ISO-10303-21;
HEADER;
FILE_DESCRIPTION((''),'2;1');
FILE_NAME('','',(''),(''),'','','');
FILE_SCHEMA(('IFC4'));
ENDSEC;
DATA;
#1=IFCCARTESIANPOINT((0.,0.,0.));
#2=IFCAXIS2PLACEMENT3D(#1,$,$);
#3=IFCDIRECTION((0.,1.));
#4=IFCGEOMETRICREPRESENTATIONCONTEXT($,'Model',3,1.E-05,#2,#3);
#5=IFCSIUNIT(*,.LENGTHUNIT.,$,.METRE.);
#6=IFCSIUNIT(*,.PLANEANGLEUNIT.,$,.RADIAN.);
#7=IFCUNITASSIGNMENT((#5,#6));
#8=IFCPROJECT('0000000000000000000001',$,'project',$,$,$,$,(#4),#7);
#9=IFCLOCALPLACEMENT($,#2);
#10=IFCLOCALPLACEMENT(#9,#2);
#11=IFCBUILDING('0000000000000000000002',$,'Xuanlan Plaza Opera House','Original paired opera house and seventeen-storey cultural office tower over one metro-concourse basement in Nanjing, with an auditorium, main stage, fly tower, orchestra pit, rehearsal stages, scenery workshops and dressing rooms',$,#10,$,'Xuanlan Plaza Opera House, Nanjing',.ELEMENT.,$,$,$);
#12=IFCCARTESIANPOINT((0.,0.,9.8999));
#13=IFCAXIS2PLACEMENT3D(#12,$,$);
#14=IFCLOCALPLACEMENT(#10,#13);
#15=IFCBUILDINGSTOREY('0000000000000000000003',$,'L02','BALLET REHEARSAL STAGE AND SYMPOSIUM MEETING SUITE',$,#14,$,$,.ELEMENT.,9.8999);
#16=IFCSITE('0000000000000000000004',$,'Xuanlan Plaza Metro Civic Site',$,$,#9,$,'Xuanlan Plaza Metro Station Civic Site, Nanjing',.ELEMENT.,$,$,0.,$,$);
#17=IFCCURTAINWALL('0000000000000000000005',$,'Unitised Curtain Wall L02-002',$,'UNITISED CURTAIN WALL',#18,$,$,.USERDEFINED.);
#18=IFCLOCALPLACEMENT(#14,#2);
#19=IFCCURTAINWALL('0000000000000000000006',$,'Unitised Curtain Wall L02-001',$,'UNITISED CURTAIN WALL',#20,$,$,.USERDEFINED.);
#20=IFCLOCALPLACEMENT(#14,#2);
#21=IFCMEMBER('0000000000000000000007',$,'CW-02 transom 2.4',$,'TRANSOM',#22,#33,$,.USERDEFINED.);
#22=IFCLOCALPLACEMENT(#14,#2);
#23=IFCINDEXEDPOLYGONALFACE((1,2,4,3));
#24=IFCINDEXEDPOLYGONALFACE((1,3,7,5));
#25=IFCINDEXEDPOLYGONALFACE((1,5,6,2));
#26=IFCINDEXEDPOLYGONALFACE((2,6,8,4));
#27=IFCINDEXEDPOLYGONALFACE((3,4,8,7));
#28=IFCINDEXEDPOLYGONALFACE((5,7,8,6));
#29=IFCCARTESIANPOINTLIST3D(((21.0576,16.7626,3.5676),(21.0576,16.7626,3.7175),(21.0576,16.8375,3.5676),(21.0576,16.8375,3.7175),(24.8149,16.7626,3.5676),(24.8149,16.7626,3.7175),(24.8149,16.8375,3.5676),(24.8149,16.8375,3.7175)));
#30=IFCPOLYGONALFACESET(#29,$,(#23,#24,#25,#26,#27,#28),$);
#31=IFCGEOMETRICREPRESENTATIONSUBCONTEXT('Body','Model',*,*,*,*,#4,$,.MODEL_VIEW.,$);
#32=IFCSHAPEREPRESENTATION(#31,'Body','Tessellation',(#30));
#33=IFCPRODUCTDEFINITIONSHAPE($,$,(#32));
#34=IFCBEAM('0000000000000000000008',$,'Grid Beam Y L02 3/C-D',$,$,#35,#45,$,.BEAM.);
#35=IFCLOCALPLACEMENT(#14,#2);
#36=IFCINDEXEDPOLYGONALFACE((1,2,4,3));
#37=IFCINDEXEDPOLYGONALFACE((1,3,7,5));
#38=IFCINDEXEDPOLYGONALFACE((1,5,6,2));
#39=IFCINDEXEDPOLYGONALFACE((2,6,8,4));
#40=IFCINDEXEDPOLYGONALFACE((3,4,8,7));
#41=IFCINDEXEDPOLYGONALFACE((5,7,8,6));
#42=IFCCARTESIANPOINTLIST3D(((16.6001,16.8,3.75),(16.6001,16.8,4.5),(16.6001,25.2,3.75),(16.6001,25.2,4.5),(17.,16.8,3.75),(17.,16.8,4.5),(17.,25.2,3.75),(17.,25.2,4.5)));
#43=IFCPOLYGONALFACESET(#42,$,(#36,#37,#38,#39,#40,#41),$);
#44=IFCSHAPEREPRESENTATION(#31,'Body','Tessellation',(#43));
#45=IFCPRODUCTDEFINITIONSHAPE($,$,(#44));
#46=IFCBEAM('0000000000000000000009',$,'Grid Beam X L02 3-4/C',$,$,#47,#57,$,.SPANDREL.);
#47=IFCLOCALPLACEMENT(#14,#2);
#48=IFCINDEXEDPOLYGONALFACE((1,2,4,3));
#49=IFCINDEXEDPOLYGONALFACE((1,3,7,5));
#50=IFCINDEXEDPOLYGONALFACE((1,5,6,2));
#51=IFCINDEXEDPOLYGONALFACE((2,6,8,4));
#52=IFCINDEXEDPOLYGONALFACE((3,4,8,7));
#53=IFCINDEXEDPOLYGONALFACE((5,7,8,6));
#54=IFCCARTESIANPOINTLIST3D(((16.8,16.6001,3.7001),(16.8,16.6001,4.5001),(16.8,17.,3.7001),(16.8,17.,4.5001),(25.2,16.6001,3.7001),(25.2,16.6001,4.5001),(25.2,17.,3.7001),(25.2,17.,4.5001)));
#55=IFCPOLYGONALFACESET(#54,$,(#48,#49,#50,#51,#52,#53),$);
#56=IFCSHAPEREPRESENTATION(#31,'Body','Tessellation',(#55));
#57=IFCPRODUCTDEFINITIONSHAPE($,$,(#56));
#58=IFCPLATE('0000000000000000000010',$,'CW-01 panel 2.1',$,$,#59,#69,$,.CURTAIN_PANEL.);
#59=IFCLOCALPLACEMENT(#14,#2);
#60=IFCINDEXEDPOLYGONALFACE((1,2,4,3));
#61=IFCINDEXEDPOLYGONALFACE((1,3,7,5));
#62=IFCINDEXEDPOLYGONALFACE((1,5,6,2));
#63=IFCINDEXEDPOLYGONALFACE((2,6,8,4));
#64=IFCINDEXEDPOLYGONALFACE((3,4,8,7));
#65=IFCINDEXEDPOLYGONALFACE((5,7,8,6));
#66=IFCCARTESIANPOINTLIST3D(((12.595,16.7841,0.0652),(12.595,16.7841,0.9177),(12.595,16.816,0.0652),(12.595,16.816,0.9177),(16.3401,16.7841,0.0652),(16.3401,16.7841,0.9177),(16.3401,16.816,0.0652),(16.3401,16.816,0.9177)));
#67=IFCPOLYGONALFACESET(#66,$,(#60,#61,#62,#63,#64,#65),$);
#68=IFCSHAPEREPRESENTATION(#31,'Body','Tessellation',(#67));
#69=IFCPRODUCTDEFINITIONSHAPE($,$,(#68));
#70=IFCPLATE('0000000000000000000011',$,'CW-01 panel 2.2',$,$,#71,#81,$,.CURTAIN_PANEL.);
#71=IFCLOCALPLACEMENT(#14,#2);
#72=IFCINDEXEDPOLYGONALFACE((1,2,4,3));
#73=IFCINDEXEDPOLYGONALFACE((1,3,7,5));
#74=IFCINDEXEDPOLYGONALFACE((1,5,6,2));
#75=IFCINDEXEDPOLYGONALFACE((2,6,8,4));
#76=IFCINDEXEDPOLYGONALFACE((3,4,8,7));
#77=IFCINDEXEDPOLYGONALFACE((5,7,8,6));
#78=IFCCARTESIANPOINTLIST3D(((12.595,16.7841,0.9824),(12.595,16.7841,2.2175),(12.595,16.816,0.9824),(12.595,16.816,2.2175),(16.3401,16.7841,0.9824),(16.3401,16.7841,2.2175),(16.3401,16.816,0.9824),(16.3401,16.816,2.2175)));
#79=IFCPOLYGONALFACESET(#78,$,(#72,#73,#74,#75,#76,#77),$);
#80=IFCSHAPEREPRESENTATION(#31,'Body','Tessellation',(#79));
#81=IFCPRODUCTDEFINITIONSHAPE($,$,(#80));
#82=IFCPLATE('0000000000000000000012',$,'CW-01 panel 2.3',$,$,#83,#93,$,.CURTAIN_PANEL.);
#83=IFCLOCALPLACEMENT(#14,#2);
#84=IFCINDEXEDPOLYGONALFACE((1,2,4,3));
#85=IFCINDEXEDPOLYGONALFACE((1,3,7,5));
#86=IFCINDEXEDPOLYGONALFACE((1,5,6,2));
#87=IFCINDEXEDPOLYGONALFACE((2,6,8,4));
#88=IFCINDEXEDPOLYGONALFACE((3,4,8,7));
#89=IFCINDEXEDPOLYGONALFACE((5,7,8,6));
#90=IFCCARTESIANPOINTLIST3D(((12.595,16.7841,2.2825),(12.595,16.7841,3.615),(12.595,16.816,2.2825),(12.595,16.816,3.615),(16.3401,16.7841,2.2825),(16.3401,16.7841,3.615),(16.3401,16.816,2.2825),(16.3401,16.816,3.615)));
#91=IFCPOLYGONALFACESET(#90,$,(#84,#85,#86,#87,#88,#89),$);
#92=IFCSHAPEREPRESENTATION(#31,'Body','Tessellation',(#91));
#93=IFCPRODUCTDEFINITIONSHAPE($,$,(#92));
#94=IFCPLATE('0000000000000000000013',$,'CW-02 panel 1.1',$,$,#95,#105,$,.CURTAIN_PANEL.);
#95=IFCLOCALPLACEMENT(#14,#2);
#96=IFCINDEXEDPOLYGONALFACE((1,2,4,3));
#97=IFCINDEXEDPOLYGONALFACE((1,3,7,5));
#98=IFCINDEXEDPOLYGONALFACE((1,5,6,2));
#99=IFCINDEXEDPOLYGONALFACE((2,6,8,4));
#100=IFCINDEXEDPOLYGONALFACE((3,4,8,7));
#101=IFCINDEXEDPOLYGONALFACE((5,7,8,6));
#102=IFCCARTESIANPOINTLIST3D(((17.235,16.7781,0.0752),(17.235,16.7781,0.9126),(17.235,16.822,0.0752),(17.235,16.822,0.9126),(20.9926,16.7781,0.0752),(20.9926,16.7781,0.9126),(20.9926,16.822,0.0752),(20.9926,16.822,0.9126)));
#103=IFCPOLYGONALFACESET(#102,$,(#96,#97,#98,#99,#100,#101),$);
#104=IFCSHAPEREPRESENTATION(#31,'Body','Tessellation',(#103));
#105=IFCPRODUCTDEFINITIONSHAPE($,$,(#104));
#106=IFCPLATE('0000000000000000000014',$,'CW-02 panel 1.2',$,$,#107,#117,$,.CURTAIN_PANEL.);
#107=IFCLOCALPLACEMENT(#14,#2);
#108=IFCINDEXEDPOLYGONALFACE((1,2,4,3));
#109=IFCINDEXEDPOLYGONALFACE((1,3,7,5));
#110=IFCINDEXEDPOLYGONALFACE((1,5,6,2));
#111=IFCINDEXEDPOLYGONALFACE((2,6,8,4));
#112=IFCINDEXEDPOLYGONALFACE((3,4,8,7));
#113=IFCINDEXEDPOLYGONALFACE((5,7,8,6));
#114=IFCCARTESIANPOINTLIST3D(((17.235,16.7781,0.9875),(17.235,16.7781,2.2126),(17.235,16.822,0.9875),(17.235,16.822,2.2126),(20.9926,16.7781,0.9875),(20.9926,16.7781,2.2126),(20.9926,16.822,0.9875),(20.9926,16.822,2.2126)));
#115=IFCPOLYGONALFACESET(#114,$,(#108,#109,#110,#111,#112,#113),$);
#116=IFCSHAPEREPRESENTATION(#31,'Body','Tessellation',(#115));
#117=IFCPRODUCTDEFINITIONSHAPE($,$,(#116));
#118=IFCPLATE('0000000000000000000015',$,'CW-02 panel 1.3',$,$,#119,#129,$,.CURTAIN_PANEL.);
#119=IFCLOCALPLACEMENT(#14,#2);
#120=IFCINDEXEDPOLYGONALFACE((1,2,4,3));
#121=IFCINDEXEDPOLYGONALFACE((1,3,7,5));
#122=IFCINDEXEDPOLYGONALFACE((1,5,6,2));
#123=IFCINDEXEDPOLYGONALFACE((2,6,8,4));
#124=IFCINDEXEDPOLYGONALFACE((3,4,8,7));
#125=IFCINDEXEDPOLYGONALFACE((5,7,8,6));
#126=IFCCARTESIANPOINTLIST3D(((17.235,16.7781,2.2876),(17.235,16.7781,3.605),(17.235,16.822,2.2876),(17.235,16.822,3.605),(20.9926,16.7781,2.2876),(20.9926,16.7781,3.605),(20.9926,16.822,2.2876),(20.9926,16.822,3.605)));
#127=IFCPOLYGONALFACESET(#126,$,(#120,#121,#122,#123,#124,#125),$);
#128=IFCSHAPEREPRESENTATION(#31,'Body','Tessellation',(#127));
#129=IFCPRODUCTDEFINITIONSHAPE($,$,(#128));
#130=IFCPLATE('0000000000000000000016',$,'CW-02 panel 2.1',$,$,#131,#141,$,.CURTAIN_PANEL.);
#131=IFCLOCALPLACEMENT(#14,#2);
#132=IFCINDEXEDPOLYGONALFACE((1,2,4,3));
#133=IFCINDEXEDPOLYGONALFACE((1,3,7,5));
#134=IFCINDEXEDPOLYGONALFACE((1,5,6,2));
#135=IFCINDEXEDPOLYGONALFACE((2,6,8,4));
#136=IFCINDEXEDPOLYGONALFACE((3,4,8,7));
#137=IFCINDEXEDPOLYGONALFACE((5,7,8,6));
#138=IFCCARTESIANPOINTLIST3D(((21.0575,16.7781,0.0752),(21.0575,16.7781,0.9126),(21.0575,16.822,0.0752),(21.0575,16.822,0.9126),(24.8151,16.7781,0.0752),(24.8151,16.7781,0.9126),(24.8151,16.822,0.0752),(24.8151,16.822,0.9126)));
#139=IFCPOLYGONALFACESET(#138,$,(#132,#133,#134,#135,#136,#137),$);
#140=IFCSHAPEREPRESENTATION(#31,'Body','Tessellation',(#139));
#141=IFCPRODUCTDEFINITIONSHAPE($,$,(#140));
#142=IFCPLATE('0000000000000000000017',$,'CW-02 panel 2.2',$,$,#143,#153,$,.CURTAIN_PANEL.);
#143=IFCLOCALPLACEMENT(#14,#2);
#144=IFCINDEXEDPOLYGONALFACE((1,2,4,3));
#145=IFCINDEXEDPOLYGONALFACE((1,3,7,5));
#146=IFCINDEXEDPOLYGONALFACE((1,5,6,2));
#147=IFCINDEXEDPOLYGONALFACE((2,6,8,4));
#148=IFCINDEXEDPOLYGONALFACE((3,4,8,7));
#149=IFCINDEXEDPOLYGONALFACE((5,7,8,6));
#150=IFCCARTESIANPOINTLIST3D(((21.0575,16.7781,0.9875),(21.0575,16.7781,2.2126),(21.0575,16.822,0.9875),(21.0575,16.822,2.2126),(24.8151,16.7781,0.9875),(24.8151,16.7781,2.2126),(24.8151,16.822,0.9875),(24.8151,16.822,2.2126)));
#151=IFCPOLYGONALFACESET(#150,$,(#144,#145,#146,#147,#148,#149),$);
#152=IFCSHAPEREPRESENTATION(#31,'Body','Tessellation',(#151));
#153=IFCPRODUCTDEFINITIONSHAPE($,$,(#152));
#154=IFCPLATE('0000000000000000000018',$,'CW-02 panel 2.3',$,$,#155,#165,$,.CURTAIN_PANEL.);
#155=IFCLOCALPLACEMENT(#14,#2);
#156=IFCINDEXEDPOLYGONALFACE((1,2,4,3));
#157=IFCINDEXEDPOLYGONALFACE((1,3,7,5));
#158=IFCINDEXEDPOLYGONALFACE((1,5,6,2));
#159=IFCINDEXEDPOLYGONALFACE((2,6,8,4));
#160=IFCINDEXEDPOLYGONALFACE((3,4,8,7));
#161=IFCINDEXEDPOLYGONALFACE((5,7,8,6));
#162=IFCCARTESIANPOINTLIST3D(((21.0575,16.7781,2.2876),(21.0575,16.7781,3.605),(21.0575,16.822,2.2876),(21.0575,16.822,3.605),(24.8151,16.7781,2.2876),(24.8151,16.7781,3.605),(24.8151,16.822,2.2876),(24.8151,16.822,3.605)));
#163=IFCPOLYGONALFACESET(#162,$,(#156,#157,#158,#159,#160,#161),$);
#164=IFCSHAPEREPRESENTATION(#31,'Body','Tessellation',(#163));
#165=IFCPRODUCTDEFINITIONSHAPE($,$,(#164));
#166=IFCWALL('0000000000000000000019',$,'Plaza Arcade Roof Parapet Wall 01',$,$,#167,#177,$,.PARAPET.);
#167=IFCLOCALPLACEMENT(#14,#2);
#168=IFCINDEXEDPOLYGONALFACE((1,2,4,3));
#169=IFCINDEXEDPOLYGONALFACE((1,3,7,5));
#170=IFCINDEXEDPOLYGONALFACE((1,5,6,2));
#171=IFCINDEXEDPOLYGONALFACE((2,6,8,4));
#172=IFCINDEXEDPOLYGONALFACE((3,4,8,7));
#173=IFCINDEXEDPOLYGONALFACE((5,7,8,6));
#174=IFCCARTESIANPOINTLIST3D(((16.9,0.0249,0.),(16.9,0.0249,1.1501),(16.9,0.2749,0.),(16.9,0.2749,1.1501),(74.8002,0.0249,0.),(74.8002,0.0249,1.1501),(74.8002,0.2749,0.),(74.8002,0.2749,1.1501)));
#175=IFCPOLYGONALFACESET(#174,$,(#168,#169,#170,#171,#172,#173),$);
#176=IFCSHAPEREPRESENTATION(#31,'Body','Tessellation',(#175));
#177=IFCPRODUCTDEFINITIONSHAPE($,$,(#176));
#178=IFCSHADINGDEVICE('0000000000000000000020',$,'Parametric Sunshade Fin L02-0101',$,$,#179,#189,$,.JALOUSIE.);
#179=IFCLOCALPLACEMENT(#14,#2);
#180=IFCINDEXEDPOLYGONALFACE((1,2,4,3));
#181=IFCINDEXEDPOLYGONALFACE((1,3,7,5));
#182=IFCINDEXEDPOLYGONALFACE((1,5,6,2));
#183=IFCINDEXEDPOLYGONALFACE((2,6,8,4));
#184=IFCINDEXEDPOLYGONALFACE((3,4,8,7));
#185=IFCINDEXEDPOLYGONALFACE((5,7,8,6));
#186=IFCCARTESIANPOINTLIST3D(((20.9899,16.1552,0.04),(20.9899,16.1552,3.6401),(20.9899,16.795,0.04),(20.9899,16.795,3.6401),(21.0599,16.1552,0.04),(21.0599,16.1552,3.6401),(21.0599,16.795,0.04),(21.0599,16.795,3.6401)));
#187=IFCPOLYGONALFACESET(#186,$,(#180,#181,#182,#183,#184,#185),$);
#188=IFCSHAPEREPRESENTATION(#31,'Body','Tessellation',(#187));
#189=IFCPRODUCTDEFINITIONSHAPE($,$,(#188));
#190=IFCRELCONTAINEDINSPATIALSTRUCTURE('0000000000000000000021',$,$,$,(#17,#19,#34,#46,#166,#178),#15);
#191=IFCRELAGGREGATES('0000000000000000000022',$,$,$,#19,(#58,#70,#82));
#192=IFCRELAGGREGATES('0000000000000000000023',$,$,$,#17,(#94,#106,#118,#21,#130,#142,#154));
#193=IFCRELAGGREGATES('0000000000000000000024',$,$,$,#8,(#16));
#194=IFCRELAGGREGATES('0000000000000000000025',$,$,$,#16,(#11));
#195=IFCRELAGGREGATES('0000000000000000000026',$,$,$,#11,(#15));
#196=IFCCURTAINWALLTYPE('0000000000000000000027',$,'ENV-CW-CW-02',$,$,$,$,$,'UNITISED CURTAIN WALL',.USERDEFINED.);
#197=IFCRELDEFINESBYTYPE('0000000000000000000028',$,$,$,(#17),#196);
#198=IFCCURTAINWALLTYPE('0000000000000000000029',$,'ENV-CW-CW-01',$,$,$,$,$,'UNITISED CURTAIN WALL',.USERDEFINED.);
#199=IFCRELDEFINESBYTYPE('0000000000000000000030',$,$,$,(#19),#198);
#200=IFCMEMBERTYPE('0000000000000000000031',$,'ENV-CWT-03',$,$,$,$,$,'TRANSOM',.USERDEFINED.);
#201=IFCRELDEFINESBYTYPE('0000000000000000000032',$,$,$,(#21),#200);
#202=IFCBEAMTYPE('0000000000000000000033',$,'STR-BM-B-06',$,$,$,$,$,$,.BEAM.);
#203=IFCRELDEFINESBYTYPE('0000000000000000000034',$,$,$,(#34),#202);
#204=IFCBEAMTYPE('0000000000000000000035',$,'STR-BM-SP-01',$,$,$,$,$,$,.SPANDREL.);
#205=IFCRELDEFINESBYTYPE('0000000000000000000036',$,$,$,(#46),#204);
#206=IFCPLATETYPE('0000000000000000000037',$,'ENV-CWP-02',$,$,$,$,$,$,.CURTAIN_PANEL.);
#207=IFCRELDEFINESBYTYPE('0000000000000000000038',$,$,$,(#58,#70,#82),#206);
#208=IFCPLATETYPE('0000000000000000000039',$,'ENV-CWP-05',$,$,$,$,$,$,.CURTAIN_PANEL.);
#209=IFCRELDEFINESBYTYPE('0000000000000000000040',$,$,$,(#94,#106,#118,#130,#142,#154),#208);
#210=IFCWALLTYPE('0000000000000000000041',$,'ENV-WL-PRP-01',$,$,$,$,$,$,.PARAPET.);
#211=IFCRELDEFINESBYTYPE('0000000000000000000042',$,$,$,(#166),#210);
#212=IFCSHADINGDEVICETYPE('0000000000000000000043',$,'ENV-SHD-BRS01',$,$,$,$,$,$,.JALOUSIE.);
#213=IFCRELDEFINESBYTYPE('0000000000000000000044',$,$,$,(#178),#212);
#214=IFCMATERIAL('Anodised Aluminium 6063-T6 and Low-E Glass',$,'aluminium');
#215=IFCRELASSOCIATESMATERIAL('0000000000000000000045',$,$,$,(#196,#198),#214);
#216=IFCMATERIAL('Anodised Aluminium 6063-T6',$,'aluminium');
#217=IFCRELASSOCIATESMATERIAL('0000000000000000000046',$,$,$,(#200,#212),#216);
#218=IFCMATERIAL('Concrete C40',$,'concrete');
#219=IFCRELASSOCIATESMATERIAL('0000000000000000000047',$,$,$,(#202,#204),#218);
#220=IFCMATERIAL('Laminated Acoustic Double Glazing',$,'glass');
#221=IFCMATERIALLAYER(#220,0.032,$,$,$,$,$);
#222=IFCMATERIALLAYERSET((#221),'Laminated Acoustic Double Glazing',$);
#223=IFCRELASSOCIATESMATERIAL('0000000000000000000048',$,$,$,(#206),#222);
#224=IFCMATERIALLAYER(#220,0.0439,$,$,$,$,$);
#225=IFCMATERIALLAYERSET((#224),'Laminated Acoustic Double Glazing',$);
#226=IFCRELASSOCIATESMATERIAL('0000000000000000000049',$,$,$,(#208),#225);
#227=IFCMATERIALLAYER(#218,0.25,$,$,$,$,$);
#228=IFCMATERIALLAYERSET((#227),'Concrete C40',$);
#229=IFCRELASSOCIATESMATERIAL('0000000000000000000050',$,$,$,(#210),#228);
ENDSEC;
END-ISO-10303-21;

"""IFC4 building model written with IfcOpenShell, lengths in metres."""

from ifc_helpers import new_model, si_unit, direction, frame, frame_2d, origin, origin_2d, place, context, subcontext, project, spatial, rectangle, extrude, material, layer, layer_set, material_profile, profile_set, type_object, element, aggregate, save


model = new_model("IFC4")

# Units and contexts
model_context = context("Model", 3, precision=1e-05, world=origin(), true_north=direction((0.0, 1.0)))
body_context = subcontext(model_context, "Body", "Model", "MODEL_VIEW")
ifc_project = project(units=[si_unit("LENGTHUNIT", "METRE"), si_unit("PLANEANGLEUNIT", "RADIAN")], contexts=[model_context])

# Site, building, storey
site_placement = place(None, origin())
site = spatial("IfcSite", under=ifc_project, at=site_placement, Name="Xuanlan Plaza Metro Civic Site", LongName="Xuanlan Plaza Metro Station Civic Site, Nanjing", CompositionType="ELEMENT", RefElevation=0.0)
building_placement = place(site_placement, origin())
building = spatial("IfcBuilding", under=site, at=building_placement, Name="Xuanlan Plaza Opera House", Description="Original paired opera house and seventeen-storey cultural office tower over one metro-concourse basement in Nanjing, with an auditorium, main stage, fly tower, orchestra pit, rehearsal stages, scenery workshops and dressing rooms", LongName="Xuanlan Plaza Opera House, Nanjing", CompositionType="ELEMENT")
storey_placement = place(building_placement, frame((0.0, 0.0, 9.8999)))
storey = spatial("IfcBuildingStorey", under=building, at=storey_placement, Name="L02", Description="BALLET REHEARSAL STAGE AND SYMPOSIUM MEETING SUITE", CompositionType="ELEMENT", Elevation=9.8999)

# Shared definitions
ifc_material_1 = material(Name="Concrete C40", Category="concrete")

# Curtain walls
ifc_material_2 = material(Name="Anodised Aluminium 6063-T6 and Low-E Glass", Category="aluminium")
curtain_wall_type_1 = type_object("IfcCurtainWallType", Name="ENV-CW-CW-02", ElementType="UNITISED CURTAIN WALL", PredefinedType="USERDEFINED", material=ifc_material_2)
curtain_wall_1_placement = place(storey_placement, origin())
curtain_wall_1 = element("IfcCurtainWall", 1, at=curtain_wall_1_placement, inside=storey, type_object=curtain_wall_type_1, Name="Unitised Curtain Wall L02-002", ObjectType="UNITISED CURTAIN WALL", PredefinedType="USERDEFINED")
ifc_material_3 = material(Name="Anodised Aluminium 6063-T6", Category="aluminium")
curtain_wall_type_2 = type_object("IfcCurtainWallType", Name="ENV-CW-CW-01", ElementType="UNITISED CURTAIN WALL", PredefinedType="USERDEFINED", material=ifc_material_2)
curtain_wall_2_placement = place(storey_placement, origin())
curtain_wall_2 = element("IfcCurtainWall", 2, at=curtain_wall_2_placement, inside=storey, type_object=curtain_wall_type_2, Name="Unitised Curtain Wall L02-001", ObjectType="UNITISED CURTAIN WALL", PredefinedType="USERDEFINED")

# Member
ifc_material_profile_1 = material_profile(ifc_material_3, rectangle(XDim=0.075, YDim=0.1499, at=origin_2d()), Name="ALU-T 75x150")
ifc_profile_set_1 = profile_set([ifc_material_profile_1], Name="Anodised Aluminium 6063-T6")
member_type_1 = type_object("IfcMemberType", Name="ENV-CWT-03", ElementType="TRANSOM", PredefinedType="USERDEFINED", material=ifc_profile_set_1)
member_1_placement = place(storey_placement, frame((21.0576, 16.8, 3.6426), z_axis=(1.0, 0.0, 0.0), x_axis=(0.0, 1.0, 0.0)))
member_1 = element("IfcMember", 3, at=member_1_placement, type_object=member_type_1, Name="CW-02 transom 2.4", ObjectType="TRANSOM", PredefinedType="USERDEFINED", context=body_context, shape_type="SweptSolid", body=[
    extrude(rectangle(XDim=0.075, YDim=0.1499, at=origin_2d()), origin(), (0.0, 0.0, 1.0), 3.7573),
])

# Beams
ifc_material_profile_2 = material_profile(ifc_material_1, rectangle(XDim=0.3999, YDim=0.75, at=origin_2d()), Name="RC-BM 400x750")
ifc_profile_set_2 = profile_set([ifc_material_profile_2], Name="Concrete C40")
beam_type_1 = type_object("IfcBeamType", Name="STR-BM-B-06", PredefinedType="BEAM", material=ifc_profile_set_2)
beam_1_placement = place(storey_placement, frame((16.8, 16.8, 4.125), z_axis=(0.0, 1.0, 0.0), x_axis=(-1.0, 0.0, 0.0)))
element("IfcBeam", 4, at=beam_1_placement, inside=storey, type_object=beam_type_1, Name="Grid Beam Y L02 3/C-D", PredefinedType="BEAM", context=body_context, shape_type="SweptSolid", body=[
    extrude(rectangle(XDim=0.3999, YDim=0.75, at=origin_2d()), origin(), (0.0, 0.0, 1.0), 8.3999),
])
ifc_material_profile_3 = material_profile(ifc_material_1, rectangle(XDim=0.3999, YDim=0.8, at=origin_2d()), Name="RC-SPD 400x800")
ifc_profile_set_3 = profile_set([ifc_material_profile_3], Name="Concrete C40")
beam_type_2 = type_object("IfcBeamType", Name="STR-BM-SP-01", PredefinedType="SPANDREL", material=ifc_profile_set_3)
beam_2_placement = place(storey_placement, frame((16.8, 16.8, 4.1001), z_axis=(1.0, 0.0, 0.0), x_axis=(0.0, 1.0, 0.0)))
element("IfcBeam", 5, at=beam_2_placement, inside=storey, type_object=beam_type_2, Name="Grid Beam X L02 3-4/C", PredefinedType="SPANDREL", context=body_context, shape_type="SweptSolid", body=[
    extrude(rectangle(XDim=0.3999, YDim=0.8, at=origin_2d()), origin(), (0.0, 0.0, 1.0), 8.3999),
])

# Plates
ifc_material_4 = material(Name="Laminated Acoustic Double Glazing", Category="glass")
ifc_layer_1 = layer(ifc_material_4, 0.032)
ifc_layer_set_1 = layer_set([ifc_layer_1], Name="Laminated Acoustic Double Glazing")
plate_type_1 = type_object("IfcPlateType", Name="ENV-CWP-02", PredefinedType="CURTAIN_PANEL", material=ifc_layer_set_1)
plate_1_placement = place(storey_placement, frame((14.4675, 16.8, 0.0652), z_axis=(0.0, 0.0, 1.0), x_axis=(1.0, 0.0, 0.0)))
plate_1 = element("IfcPlate", 6, at=plate_1_placement, type_object=plate_type_1, Name="CW-01 panel 2.1", PredefinedType="CURTAIN_PANEL", context=body_context, shape_type="SweptSolid", body=[
    extrude(rectangle(XDim=3.7451, YDim=0.032, at=origin_2d()), origin(), (0.0, 0.0, 1.0), 0.8525),
])
plate_2_placement = place(storey_placement, frame((14.4675, 16.8, 0.9824), z_axis=(0.0, 0.0, 1.0), x_axis=(1.0, 0.0, 0.0)))
plate_2 = element("IfcPlate", 7, at=plate_2_placement, type_object=plate_type_1, Name="CW-01 panel 2.2", PredefinedType="CURTAIN_PANEL", context=body_context, shape_type="SweptSolid", body=[
    extrude(rectangle(XDim=3.7451, YDim=0.032, at=origin_2d()), origin(), (0.0, 0.0, 1.0), 1.2351),
])
plate_3_placement = place(storey_placement, frame((14.4675, 16.8, 2.2825), z_axis=(0.0, 0.0, 1.0), x_axis=(1.0, 0.0, 0.0)))
plate_3 = element("IfcPlate", 8, at=plate_3_placement, type_object=plate_type_1, Name="CW-01 panel 2.3", PredefinedType="CURTAIN_PANEL", context=body_context, shape_type="SweptSolid", body=[
    extrude(rectangle(XDim=3.7451, YDim=0.032, at=origin_2d()), origin(), (0.0, 0.0, 1.0), 1.3325),
])
aggregate(curtain_wall_2, [plate_1, plate_2, plate_3])
ifc_layer_2 = layer(ifc_material_4, 0.0439)
ifc_layer_set_2 = layer_set([ifc_layer_2], Name="Laminated Acoustic Double Glazing")
plate_type_2 = type_object("IfcPlateType", Name="ENV-CWP-05", PredefinedType="CURTAIN_PANEL", material=ifc_layer_set_2)
plate_4_placement = place(storey_placement, frame((19.1138, 16.8, 0.0752), z_axis=(0.0, 0.0, 1.0), x_axis=(1.0, 0.0, 0.0)))
plate_4 = element("IfcPlate", 9, at=plate_4_placement, type_object=plate_type_2, Name="CW-02 panel 1.1", PredefinedType="CURTAIN_PANEL", context=body_context, shape_type="SweptSolid", body=[
    extrude(rectangle(XDim=3.7576, YDim=0.0439, at=origin_2d()), origin(), (0.0, 0.0, 1.0), 0.8374),
])
plate_5_placement = place(storey_placement, frame((19.1138, 16.8, 0.9875), z_axis=(0.0, 0.0, 1.0), x_axis=(1.0, 0.0, 0.0)))
plate_5 = element("IfcPlate", 10, at=plate_5_placement, type_object=plate_type_2, Name="CW-02 panel 1.2", PredefinedType="CURTAIN_PANEL", context=body_context, shape_type="SweptSolid", body=[
    extrude(rectangle(XDim=3.7576, YDim=0.0439, at=origin_2d()), origin(), (0.0, 0.0, 1.0), 1.2251),
])
plate_6_placement = place(storey_placement, frame((19.1138, 16.8, 2.2876), z_axis=(0.0, 0.0, 1.0), x_axis=(1.0, 0.0, 0.0)))
plate_6 = element("IfcPlate", 11, at=plate_6_placement, type_object=plate_type_2, Name="CW-02 panel 1.3", PredefinedType="CURTAIN_PANEL", context=body_context, shape_type="SweptSolid", body=[
    extrude(rectangle(XDim=3.7576, YDim=0.0439, at=origin_2d()), origin(), (0.0, 0.0, 1.0), 1.3174),
])
plate_7_placement = place(storey_placement, frame((22.9363, 16.8, 0.0752), z_axis=(0.0, 0.0, 1.0), x_axis=(1.0, 0.0, 0.0)))
plate_7 = element("IfcPlate", 12, at=plate_7_placement, type_object=plate_type_2, Name="CW-02 panel 2.1", PredefinedType="CURTAIN_PANEL", context=body_context, shape_type="SweptSolid", body=[
    extrude(rectangle(XDim=3.7576, YDim=0.0439, at=origin_2d()), origin(), (0.0, 0.0, 1.0), 0.8374),
])
plate_8_placement = place(storey_placement, frame((22.9363, 16.8, 0.9875), z_axis=(0.0, 0.0, 1.0), x_axis=(1.0, 0.0, 0.0)))
plate_8 = element("IfcPlate", 13, at=plate_8_placement, type_object=plate_type_2, Name="CW-02 panel 2.2", PredefinedType="CURTAIN_PANEL", context=body_context, shape_type="SweptSolid", body=[
    extrude(rectangle(XDim=3.7576, YDim=0.0439, at=origin_2d()), origin(), (0.0, 0.0, 1.0), 1.2251),
])
plate_9_placement = place(storey_placement, frame((22.9363, 16.8, 2.2876), z_axis=(0.0, 0.0, 1.0), x_axis=(1.0, 0.0, 0.0)))
plate_9 = element("IfcPlate", 14, at=plate_9_placement, type_object=plate_type_2, Name="CW-02 panel 2.3", PredefinedType="CURTAIN_PANEL", context=body_context, shape_type="SweptSolid", body=[
    extrude(rectangle(XDim=3.7576, YDim=0.0439, at=origin_2d()), origin(), (0.0, 0.0, 1.0), 1.3174),
])
aggregate(curtain_wall_1, [plate_4, plate_5, plate_6, member_1, plate_7, plate_8, plate_9])

# Wall
ifc_layer_3 = layer(ifc_material_1, 0.25)
ifc_layer_set_3 = layer_set([ifc_layer_3], Name="Concrete C40")
wall_type = type_object("IfcWallType", Name="ENV-WL-PRP-01", PredefinedType="PARAPET", material=ifc_layer_set_3)
wall_placement = place(storey_placement, frame((16.8999, 0.1499, 0.0), z_axis=(0.0, 0.0, 1.0), x_axis=(1.0, 0.0, 0.0)))
element("IfcWall", 15, at=wall_placement, inside=storey, type_object=wall_type, Name="Plaza Arcade Roof Parapet Wall 01", PredefinedType="PARAPET", context=body_context, shape_type="SweptSolid", body=[
    extrude(rectangle(XDim=57.9001, YDim=0.25, at=frame_2d((28.9502, 0.0))), origin(), (0.0, 0.0, 1.0), 1.1501),
])

# Shading device
shading_device_type = type_object("IfcShadingDeviceType", Name="ENV-SHD-BRS01", PredefinedType="JALOUSIE", material=ifc_material_3)
shading_device_placement = place(storey_placement, frame((21.0249, 16.4751, 0.04), z_axis=(0.0, 0.0, 1.0), x_axis=(0.0, -1.0, 0.0)))
element("IfcShadingDevice", 16, at=shading_device_placement, inside=storey, type_object=shading_device_type, Name="Parametric Sunshade Fin L02-0101", PredefinedType="JALOUSIE", context=body_context, shape_type="SweptSolid", body=[
    extrude(rectangle(XDim=0.6399, YDim=0.0701, at=origin_2d()), origin(), (0.0, 0.0, 1.0), 3.6001),
])

save(model, "model.ifc")
